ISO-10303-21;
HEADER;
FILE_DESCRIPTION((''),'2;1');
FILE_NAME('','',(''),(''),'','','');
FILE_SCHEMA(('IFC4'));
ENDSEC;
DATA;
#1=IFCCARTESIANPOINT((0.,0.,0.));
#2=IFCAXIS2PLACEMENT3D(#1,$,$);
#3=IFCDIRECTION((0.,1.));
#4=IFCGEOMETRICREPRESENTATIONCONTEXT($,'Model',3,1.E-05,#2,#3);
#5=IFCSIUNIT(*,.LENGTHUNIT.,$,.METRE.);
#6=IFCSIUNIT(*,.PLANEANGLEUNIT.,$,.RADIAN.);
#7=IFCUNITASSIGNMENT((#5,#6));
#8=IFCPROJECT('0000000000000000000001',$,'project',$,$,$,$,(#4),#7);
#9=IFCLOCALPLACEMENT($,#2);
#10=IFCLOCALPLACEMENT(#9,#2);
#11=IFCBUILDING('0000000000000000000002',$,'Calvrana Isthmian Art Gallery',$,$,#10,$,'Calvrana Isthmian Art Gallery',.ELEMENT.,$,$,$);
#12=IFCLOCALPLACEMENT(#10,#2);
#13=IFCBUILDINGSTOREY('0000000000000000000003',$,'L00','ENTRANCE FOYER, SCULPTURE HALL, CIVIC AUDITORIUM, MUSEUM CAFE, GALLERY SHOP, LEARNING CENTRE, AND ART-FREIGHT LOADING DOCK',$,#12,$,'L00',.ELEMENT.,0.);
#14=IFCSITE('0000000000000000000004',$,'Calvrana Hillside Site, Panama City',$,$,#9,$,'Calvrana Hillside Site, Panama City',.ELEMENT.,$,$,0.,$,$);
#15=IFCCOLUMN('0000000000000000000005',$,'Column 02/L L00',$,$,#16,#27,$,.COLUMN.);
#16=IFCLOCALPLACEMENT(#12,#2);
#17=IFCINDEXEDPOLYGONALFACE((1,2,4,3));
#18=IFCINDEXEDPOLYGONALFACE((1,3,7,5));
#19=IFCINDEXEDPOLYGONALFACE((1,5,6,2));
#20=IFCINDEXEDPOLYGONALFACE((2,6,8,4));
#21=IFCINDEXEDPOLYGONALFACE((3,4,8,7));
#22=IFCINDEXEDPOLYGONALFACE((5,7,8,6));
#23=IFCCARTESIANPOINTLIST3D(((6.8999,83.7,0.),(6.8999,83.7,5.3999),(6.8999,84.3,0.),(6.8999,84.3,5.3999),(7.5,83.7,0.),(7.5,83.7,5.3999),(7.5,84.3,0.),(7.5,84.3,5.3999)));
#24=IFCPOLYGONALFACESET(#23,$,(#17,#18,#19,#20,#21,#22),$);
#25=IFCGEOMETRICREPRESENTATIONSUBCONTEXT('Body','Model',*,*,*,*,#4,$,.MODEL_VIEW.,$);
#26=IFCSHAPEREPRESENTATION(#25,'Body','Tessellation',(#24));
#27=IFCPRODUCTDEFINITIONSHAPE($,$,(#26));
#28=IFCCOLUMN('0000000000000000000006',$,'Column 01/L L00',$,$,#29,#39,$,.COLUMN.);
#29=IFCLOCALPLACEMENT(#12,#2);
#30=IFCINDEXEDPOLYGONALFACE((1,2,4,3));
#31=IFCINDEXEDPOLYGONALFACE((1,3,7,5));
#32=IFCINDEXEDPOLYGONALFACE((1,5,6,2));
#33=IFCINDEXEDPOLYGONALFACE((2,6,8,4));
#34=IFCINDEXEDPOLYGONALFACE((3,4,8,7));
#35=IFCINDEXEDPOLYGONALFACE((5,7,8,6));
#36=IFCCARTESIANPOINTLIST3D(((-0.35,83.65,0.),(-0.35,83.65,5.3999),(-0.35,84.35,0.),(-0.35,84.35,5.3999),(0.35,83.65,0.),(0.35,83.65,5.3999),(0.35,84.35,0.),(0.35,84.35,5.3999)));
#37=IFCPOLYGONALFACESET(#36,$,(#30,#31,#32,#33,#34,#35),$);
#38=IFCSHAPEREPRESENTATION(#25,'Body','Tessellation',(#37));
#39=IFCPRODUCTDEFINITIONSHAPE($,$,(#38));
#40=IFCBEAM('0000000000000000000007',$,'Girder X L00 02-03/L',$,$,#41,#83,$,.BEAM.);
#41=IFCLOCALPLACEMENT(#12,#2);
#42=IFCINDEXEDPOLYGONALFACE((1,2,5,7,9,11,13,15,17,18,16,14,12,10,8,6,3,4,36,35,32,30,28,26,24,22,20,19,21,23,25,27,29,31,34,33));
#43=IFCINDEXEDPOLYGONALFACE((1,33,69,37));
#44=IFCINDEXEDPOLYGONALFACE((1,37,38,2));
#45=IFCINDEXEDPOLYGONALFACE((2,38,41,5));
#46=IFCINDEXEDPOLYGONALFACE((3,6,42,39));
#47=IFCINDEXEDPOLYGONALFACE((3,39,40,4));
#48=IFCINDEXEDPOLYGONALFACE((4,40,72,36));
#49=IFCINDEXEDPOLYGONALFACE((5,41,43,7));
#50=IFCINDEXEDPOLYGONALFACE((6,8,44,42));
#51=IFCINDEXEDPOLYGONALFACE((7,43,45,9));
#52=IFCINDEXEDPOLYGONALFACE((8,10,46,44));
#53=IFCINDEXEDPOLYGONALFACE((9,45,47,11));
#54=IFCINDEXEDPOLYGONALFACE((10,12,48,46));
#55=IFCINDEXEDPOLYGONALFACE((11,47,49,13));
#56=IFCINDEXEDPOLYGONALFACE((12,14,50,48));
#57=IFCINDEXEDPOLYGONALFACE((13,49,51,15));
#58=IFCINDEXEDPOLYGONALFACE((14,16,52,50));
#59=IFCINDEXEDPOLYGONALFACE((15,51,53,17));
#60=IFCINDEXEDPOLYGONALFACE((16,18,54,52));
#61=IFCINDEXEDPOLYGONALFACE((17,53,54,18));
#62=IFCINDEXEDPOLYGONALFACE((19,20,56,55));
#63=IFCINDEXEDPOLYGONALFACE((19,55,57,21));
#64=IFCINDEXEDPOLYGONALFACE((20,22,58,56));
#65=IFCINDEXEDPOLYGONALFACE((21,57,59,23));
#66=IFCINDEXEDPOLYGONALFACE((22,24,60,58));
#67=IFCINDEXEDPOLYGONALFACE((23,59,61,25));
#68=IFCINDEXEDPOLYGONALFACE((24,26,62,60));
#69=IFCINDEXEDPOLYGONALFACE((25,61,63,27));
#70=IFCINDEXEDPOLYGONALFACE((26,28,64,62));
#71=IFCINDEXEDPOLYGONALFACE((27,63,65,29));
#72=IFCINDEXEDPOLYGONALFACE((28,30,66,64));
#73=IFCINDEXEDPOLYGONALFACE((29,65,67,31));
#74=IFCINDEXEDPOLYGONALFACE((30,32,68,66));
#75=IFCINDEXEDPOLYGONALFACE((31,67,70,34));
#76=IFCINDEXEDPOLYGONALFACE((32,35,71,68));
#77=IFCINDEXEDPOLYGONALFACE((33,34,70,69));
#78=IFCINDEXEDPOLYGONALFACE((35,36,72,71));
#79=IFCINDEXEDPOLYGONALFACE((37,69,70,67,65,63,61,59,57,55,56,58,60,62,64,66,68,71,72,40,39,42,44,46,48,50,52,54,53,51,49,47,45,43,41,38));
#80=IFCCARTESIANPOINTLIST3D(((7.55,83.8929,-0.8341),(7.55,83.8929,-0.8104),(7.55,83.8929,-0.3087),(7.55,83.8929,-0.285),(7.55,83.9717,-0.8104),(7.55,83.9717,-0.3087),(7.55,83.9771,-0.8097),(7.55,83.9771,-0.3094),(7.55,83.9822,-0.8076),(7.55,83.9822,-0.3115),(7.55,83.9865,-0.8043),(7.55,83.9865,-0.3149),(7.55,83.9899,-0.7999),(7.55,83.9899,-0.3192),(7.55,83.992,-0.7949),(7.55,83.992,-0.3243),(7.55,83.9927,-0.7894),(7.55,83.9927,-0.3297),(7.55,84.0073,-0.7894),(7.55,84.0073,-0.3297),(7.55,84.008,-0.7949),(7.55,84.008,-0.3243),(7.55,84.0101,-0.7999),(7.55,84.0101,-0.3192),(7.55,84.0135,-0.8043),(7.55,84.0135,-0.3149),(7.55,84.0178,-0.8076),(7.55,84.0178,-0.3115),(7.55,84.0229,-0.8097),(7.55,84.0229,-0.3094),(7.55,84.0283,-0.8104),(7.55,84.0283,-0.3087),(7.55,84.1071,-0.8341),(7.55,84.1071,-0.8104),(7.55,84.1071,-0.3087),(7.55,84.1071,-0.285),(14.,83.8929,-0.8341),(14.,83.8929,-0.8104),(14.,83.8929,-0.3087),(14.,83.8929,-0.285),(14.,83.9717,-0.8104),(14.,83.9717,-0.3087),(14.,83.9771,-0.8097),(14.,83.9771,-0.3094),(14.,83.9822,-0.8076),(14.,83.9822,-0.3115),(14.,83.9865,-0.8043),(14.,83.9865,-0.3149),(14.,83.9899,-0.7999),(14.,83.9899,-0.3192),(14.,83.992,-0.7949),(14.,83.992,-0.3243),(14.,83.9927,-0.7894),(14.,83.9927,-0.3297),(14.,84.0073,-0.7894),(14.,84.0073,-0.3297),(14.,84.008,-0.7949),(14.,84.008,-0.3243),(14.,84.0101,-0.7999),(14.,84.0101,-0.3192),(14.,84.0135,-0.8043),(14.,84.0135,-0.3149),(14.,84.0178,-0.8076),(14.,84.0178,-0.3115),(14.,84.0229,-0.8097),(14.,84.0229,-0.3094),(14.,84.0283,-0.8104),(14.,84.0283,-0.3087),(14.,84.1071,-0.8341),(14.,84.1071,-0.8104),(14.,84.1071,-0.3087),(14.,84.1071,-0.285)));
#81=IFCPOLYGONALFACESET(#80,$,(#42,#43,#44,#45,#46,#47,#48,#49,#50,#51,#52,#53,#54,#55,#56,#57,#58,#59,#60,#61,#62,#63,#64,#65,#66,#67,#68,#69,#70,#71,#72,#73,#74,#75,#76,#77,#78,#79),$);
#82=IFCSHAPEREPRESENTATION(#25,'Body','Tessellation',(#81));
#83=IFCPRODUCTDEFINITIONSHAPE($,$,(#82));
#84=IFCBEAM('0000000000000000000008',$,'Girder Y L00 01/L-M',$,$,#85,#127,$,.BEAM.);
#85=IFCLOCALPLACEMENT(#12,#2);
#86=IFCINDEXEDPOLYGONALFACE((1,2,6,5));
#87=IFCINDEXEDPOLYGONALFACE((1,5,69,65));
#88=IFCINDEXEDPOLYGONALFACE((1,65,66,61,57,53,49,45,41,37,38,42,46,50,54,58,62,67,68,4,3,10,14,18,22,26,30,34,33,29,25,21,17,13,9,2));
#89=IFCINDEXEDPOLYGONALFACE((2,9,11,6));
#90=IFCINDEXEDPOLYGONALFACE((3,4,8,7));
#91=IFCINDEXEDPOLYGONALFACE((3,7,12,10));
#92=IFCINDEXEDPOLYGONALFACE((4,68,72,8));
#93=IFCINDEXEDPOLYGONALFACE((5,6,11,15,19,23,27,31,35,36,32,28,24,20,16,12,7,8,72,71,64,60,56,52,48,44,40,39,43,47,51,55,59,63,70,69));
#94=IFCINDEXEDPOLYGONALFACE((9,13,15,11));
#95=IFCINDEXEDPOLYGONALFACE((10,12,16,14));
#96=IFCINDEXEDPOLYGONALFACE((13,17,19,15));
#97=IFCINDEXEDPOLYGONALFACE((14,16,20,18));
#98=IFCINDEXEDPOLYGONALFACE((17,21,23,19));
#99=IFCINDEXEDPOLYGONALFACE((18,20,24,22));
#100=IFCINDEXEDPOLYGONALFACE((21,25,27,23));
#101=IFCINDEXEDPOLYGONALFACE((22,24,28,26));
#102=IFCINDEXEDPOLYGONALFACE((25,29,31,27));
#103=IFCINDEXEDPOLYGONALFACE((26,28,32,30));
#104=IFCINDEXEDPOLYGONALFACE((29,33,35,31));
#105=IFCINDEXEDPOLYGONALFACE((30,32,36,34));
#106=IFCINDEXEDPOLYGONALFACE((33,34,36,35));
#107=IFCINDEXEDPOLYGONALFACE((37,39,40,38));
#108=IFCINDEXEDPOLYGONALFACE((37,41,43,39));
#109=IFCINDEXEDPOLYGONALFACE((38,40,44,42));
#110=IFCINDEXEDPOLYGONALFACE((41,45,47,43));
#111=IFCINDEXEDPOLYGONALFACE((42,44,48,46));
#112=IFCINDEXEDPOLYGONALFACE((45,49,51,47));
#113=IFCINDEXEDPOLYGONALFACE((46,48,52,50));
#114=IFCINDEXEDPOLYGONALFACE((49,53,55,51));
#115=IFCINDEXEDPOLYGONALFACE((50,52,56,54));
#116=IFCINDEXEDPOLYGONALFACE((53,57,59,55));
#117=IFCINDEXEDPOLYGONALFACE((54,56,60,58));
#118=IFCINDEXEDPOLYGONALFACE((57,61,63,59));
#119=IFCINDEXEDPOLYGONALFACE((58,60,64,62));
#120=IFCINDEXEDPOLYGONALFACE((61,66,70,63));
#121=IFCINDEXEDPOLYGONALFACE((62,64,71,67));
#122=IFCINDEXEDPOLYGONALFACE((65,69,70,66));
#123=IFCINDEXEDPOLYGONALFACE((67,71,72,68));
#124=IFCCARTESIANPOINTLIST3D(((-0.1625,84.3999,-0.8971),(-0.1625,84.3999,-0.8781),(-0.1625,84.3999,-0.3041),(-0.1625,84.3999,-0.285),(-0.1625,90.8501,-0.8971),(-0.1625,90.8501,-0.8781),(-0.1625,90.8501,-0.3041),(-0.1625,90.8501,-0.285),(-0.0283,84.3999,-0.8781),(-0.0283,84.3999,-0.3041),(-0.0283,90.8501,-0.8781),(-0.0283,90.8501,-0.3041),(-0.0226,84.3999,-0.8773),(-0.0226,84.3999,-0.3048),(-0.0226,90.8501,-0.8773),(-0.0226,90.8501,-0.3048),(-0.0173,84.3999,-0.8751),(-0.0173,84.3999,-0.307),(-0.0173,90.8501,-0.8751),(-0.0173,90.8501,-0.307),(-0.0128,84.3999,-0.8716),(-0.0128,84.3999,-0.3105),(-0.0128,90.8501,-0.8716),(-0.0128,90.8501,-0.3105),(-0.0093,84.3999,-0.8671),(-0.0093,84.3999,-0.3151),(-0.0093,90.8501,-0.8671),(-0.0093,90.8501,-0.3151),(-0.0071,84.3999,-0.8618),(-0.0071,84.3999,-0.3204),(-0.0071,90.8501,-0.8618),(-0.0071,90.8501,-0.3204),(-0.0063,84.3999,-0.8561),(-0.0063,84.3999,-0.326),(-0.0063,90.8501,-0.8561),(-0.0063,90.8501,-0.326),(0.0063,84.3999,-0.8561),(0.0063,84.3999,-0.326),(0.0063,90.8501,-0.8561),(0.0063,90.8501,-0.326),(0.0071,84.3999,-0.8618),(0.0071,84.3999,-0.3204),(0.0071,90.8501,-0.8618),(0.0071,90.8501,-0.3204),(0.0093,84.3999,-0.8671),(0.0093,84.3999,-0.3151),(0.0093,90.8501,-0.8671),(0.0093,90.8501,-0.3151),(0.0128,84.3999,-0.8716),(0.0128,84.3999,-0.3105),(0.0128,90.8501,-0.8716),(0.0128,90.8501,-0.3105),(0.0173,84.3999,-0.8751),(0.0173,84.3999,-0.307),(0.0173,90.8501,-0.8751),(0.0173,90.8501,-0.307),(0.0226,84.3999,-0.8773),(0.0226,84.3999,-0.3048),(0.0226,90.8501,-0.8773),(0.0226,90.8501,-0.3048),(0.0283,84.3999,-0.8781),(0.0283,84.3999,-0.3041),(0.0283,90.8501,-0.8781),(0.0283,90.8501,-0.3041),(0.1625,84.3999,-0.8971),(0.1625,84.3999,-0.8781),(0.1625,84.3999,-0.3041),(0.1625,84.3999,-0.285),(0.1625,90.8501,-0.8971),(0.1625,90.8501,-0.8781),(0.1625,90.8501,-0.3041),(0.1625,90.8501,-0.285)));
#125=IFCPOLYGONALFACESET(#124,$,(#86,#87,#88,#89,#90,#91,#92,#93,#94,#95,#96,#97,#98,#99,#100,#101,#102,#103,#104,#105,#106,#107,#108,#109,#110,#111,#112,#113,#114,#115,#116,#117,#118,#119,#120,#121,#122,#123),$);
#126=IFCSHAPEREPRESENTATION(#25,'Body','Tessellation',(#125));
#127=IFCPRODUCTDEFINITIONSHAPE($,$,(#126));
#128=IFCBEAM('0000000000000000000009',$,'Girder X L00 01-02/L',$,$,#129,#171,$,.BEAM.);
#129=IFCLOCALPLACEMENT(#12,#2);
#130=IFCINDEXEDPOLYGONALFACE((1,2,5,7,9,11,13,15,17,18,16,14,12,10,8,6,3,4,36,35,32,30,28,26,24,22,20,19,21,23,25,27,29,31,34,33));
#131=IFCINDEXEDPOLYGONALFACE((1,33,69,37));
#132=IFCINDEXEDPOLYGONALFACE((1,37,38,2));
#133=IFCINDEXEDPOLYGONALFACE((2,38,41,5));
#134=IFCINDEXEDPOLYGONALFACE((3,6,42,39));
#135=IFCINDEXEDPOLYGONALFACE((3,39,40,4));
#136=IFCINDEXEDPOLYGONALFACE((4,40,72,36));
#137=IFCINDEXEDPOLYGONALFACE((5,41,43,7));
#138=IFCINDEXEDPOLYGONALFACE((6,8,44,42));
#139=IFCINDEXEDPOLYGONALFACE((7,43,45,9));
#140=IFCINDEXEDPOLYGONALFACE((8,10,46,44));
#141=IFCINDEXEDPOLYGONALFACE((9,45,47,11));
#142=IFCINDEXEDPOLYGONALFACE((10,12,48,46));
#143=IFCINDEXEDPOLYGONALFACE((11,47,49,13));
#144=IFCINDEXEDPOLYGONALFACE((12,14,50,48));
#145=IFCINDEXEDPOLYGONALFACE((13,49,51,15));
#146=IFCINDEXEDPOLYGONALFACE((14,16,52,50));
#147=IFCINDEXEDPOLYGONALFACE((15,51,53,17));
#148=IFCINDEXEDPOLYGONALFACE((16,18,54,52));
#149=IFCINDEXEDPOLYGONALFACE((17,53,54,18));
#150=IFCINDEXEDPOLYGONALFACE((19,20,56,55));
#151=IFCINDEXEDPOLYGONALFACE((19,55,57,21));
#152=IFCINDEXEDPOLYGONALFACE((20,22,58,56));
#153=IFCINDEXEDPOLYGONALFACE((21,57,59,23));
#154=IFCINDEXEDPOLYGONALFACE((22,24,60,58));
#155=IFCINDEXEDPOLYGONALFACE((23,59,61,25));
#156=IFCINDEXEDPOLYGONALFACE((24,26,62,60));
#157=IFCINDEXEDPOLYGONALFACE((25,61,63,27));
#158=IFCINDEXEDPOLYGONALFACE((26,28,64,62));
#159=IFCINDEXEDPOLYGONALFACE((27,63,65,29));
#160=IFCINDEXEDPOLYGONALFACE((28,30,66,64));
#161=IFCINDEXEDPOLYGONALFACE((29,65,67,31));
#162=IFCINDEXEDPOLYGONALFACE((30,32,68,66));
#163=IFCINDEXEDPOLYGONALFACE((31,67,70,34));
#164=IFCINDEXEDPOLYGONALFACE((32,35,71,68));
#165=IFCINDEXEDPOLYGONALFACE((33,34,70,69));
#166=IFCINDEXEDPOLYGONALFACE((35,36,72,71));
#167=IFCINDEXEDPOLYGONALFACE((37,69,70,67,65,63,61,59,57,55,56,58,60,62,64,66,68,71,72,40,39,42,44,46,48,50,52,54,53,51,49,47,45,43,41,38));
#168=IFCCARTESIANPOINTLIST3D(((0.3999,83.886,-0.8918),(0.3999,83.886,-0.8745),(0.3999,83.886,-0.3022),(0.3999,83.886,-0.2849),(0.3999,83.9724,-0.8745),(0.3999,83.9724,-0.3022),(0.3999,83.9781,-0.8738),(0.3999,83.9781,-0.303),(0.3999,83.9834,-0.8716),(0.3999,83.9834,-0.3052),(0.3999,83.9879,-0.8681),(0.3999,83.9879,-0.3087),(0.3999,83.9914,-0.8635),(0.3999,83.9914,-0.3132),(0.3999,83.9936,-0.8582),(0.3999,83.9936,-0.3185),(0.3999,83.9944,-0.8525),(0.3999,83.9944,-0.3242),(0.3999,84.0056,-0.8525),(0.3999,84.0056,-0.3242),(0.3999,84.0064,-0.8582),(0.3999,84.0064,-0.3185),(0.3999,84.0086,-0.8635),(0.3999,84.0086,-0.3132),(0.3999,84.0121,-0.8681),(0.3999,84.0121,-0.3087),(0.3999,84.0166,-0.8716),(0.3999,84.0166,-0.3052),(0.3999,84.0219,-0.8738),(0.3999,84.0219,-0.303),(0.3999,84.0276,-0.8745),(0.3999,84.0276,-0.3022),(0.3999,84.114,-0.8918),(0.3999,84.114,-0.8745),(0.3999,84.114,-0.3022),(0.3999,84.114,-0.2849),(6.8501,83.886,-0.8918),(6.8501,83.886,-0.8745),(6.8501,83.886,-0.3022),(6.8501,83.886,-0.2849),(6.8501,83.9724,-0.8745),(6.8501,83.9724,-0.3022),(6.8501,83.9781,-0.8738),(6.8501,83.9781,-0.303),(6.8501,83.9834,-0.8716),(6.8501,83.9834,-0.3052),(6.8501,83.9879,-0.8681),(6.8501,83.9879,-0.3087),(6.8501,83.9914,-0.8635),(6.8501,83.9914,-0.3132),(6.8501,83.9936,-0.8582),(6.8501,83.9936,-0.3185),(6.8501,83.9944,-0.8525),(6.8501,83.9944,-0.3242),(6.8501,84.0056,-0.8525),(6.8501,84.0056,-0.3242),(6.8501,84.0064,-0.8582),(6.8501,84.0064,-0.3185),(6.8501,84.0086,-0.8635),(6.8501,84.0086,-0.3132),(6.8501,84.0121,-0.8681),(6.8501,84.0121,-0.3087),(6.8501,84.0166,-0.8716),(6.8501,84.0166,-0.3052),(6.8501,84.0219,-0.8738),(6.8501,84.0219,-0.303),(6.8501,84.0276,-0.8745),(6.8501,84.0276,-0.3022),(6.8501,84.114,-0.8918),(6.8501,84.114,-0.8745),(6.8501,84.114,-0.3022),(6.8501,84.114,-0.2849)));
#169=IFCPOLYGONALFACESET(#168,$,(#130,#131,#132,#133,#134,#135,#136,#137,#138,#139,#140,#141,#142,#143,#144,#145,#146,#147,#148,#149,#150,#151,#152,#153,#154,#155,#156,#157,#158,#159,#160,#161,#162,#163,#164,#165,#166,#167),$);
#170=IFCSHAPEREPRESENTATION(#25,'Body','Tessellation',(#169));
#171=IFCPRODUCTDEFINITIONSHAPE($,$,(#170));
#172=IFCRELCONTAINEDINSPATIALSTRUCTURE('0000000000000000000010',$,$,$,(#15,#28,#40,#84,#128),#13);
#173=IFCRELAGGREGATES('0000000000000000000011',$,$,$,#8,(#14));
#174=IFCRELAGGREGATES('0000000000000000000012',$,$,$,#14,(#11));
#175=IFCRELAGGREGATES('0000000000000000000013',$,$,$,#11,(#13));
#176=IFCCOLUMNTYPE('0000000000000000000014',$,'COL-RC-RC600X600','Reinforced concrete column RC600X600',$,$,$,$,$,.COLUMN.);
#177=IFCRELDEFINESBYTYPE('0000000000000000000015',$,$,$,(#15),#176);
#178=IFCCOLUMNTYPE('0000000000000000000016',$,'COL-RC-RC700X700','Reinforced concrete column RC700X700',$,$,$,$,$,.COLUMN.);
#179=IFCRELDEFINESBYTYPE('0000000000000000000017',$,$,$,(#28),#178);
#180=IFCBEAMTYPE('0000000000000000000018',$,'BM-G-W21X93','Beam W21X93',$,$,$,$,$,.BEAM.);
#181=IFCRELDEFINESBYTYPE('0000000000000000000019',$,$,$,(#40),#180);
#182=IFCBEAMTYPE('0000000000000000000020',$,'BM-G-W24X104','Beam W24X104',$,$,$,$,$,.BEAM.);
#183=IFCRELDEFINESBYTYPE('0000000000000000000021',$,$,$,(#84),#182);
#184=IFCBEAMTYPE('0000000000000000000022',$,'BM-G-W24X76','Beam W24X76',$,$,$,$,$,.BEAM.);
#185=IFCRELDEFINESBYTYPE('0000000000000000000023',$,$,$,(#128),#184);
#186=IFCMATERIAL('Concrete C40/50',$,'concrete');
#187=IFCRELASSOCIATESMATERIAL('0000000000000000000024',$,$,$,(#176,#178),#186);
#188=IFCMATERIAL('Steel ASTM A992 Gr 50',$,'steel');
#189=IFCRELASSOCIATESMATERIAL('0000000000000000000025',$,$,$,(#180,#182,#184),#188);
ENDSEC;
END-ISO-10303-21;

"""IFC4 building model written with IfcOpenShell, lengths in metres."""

from ifc_helpers import new_model, si_unit, direction, frame, origin, origin_2d, place, context, subcontext, project, spatial, rectangle, i_section, extrude, material, material_profile, profile_set, type_object, element, save


model = new_model("IFC4")

# Units and contexts
model_context = context("Model", 3, precision=1e-05, world=origin(), true_north=direction((0.0, 1.0)))
body_context = subcontext(model_context, "Body", "Model", "MODEL_VIEW")
ifc_project = project(units=[si_unit("LENGTHUNIT", "METRE"), si_unit("PLANEANGLEUNIT", "RADIAN")], contexts=[model_context])

# Site, building, storey
site_placement = place(None, origin())
site = spatial("IfcSite", under=ifc_project, at=site_placement, Name="Calvrana Hillside Site, Panama City", LongName="Calvrana Hillside Site, Panama City", CompositionType="ELEMENT", RefElevation=0.0)
building_placement = place(site_placement, origin())
building = spatial("IfcBuilding", under=site, at=building_placement, Name="Calvrana Isthmian Art Gallery", LongName="Calvrana Isthmian Art Gallery", CompositionType="ELEMENT")
storey_placement = place(building_placement, origin())
storey = spatial("IfcBuildingStorey", under=building, at=storey_placement, Name="L00", Description="ENTRANCE FOYER, SCULPTURE HALL, CIVIC AUDITORIUM, MUSEUM CAFE, GALLERY SHOP, LEARNING CENTRE, AND ART-FREIGHT LOADING DOCK", LongName="L00", CompositionType="ELEMENT", Elevation=0.0)

# Columns
ifc_material_1 = material(Name="Concrete C40/50", Category="concrete")
ifc_material_profile_1 = material_profile(ifc_material_1, rectangle(XDim=0.6001, YDim=0.6001, at=origin_2d()), Name="RC600X600")
ifc_profile_set_1 = profile_set([ifc_material_profile_1], Name="Concrete C40/50")
column_type_1 = type_object("IfcColumnType", Name="COL-RC-RC600X600", Description="Reinforced concrete column RC600X600", PredefinedType="COLUMN", material=ifc_profile_set_1)
column_1_placement = place(storey_placement, frame((7.2, 84.0, 0.0), z_axis=(0.0, 0.0, 1.0), x_axis=(1.0, 0.0, 0.0)))
element("IfcColumn", 1, at=column_1_placement, inside=storey, type_object=column_type_1, Name="Column 02/L L00", PredefinedType="COLUMN", context=body_context, shape_type="SweptSolid", body=[
    extrude(rectangle(XDim=0.6001, YDim=0.6001, at=origin_2d()), origin(), (0.0, 0.0, 1.0), 5.3999),
])
ifc_material_profile_2 = material_profile(ifc_material_1, rectangle(XDim=0.7, YDim=0.7, at=origin_2d()), Name="RC700X700")
ifc_profile_set_2 = profile_set([ifc_material_profile_2], Name="Concrete C40/50")
column_type_2 = type_object("IfcColumnType", Name="COL-RC-RC700X700", Description="Reinforced concrete column RC700X700", PredefinedType="COLUMN", material=ifc_profile_set_2)
column_2_placement = place(storey_placement, frame((0.0, 84.0, 0.0), z_axis=(0.0, 0.0, 1.0), x_axis=(1.0, 0.0, 0.0)))
element("IfcColumn", 2, at=column_2_placement, inside=storey, type_object=column_type_2, Name="Column 01/L L00", PredefinedType="COLUMN", context=body_context, shape_type="SweptSolid", body=[
    extrude(rectangle(XDim=0.7, YDim=0.7, at=origin_2d()), origin(), (0.0, 0.0, 1.0), 5.3999),
])

# Beams
ifc_material_2 = material(Name="Steel ASTM A992 Gr 50", Category="steel")
ifc_material_profile_3 = material_profile(ifc_material_2, i_section(OverallWidth=0.2141, OverallDepth=0.5491, WebThickness=0.0146, FlangeThickness=0.0237, FilletRadius=0.021, at=origin_2d()), Name="W21X93")
ifc_profile_set_3 = profile_set([ifc_material_profile_3], Name="Steel ASTM A992 Gr 50")
beam_type_1 = type_object("IfcBeamType", Name="BM-G-W21X93", Description="Beam W21X93", PredefinedType="BEAM", material=ifc_profile_set_3)
beam_1_placement = place(storey_placement, frame((7.55, 84.0, -0.5596), z_axis=(1.0, 0.0, 0.0), x_axis=(0.0, 1.0, 0.0)))
element("IfcBeam", 3, at=beam_1_placement, inside=storey, type_object=beam_type_1, Name="Girder X L00 02-03/L", PredefinedType="BEAM", context=body_context, shape_type="SweptSolid", body=[
    extrude(i_section(OverallWidth=0.2141, OverallDepth=0.5491, WebThickness=0.0146, FlangeThickness=0.0237, FilletRadius=0.021, at=origin_2d()), origin(), (0.0, 0.0, 1.0), 6.45),
])
ifc_material_profile_4 = material_profile(ifc_material_2, i_section(OverallWidth=0.325, OverallDepth=0.6121, WebThickness=0.0127, FlangeThickness=0.019, FilletRadius=0.022, at=origin_2d()), Name="W24X104")
ifc_profile_set_4 = profile_set([ifc_material_profile_4], Name="Steel ASTM A992 Gr 50")
beam_type_2 = type_object("IfcBeamType", Name="BM-G-W24X104", Description="Beam W24X104", PredefinedType="BEAM", material=ifc_profile_set_4)
beam_2_placement = place(storey_placement, frame((0.0, 84.3999, -0.5911), z_axis=(0.0, 1.0, 0.0), x_axis=(-1.0, 0.0, 0.0)))
element("IfcBeam", 4, at=beam_2_placement, inside=storey, type_object=beam_type_2, Name="Girder Y L00 01/L-M", PredefinedType="BEAM", context=body_context, shape_type="SweptSolid", body=[
    extrude(i_section(OverallWidth=0.325, OverallDepth=0.6121, WebThickness=0.0127, FlangeThickness=0.019, FilletRadius=0.022, at=origin_2d()), origin(), (0.0, 0.0, 1.0), 6.4502),
])
ifc_material_profile_5 = material_profile(ifc_material_2, i_section(OverallWidth=0.228, OverallDepth=0.6069, WebThickness=0.0112, FlangeThickness=0.0173, FilletRadius=0.022, at=origin_2d()), Name="W24X76")
ifc_profile_set_5 = profile_set([ifc_material_profile_5], Name="Steel ASTM A992 Gr 50")
beam_type_3 = type_object("IfcBeamType", Name="BM-G-W24X76", Description="Beam W24X76", PredefinedType="BEAM", material=ifc_profile_set_5)
beam_3_placement = place(storey_placement, frame((0.3999, 84.0, -0.5884), z_axis=(1.0, 0.0, 0.0), x_axis=(0.0, 1.0, 0.0)))
element("IfcBeam", 5, at=beam_3_placement, inside=storey, type_object=beam_type_3, Name="Girder X L00 01-02/L", PredefinedType="BEAM", context=body_context, shape_type="SweptSolid", body=[
    extrude(i_section(OverallWidth=0.228, OverallDepth=0.6069, WebThickness=0.0112, FlangeThickness=0.0173, FilletRadius=0.022, at=origin_2d()), origin(), (0.0, 0.0, 1.0), 6.4502),
])

save(model, "model.ifc")
